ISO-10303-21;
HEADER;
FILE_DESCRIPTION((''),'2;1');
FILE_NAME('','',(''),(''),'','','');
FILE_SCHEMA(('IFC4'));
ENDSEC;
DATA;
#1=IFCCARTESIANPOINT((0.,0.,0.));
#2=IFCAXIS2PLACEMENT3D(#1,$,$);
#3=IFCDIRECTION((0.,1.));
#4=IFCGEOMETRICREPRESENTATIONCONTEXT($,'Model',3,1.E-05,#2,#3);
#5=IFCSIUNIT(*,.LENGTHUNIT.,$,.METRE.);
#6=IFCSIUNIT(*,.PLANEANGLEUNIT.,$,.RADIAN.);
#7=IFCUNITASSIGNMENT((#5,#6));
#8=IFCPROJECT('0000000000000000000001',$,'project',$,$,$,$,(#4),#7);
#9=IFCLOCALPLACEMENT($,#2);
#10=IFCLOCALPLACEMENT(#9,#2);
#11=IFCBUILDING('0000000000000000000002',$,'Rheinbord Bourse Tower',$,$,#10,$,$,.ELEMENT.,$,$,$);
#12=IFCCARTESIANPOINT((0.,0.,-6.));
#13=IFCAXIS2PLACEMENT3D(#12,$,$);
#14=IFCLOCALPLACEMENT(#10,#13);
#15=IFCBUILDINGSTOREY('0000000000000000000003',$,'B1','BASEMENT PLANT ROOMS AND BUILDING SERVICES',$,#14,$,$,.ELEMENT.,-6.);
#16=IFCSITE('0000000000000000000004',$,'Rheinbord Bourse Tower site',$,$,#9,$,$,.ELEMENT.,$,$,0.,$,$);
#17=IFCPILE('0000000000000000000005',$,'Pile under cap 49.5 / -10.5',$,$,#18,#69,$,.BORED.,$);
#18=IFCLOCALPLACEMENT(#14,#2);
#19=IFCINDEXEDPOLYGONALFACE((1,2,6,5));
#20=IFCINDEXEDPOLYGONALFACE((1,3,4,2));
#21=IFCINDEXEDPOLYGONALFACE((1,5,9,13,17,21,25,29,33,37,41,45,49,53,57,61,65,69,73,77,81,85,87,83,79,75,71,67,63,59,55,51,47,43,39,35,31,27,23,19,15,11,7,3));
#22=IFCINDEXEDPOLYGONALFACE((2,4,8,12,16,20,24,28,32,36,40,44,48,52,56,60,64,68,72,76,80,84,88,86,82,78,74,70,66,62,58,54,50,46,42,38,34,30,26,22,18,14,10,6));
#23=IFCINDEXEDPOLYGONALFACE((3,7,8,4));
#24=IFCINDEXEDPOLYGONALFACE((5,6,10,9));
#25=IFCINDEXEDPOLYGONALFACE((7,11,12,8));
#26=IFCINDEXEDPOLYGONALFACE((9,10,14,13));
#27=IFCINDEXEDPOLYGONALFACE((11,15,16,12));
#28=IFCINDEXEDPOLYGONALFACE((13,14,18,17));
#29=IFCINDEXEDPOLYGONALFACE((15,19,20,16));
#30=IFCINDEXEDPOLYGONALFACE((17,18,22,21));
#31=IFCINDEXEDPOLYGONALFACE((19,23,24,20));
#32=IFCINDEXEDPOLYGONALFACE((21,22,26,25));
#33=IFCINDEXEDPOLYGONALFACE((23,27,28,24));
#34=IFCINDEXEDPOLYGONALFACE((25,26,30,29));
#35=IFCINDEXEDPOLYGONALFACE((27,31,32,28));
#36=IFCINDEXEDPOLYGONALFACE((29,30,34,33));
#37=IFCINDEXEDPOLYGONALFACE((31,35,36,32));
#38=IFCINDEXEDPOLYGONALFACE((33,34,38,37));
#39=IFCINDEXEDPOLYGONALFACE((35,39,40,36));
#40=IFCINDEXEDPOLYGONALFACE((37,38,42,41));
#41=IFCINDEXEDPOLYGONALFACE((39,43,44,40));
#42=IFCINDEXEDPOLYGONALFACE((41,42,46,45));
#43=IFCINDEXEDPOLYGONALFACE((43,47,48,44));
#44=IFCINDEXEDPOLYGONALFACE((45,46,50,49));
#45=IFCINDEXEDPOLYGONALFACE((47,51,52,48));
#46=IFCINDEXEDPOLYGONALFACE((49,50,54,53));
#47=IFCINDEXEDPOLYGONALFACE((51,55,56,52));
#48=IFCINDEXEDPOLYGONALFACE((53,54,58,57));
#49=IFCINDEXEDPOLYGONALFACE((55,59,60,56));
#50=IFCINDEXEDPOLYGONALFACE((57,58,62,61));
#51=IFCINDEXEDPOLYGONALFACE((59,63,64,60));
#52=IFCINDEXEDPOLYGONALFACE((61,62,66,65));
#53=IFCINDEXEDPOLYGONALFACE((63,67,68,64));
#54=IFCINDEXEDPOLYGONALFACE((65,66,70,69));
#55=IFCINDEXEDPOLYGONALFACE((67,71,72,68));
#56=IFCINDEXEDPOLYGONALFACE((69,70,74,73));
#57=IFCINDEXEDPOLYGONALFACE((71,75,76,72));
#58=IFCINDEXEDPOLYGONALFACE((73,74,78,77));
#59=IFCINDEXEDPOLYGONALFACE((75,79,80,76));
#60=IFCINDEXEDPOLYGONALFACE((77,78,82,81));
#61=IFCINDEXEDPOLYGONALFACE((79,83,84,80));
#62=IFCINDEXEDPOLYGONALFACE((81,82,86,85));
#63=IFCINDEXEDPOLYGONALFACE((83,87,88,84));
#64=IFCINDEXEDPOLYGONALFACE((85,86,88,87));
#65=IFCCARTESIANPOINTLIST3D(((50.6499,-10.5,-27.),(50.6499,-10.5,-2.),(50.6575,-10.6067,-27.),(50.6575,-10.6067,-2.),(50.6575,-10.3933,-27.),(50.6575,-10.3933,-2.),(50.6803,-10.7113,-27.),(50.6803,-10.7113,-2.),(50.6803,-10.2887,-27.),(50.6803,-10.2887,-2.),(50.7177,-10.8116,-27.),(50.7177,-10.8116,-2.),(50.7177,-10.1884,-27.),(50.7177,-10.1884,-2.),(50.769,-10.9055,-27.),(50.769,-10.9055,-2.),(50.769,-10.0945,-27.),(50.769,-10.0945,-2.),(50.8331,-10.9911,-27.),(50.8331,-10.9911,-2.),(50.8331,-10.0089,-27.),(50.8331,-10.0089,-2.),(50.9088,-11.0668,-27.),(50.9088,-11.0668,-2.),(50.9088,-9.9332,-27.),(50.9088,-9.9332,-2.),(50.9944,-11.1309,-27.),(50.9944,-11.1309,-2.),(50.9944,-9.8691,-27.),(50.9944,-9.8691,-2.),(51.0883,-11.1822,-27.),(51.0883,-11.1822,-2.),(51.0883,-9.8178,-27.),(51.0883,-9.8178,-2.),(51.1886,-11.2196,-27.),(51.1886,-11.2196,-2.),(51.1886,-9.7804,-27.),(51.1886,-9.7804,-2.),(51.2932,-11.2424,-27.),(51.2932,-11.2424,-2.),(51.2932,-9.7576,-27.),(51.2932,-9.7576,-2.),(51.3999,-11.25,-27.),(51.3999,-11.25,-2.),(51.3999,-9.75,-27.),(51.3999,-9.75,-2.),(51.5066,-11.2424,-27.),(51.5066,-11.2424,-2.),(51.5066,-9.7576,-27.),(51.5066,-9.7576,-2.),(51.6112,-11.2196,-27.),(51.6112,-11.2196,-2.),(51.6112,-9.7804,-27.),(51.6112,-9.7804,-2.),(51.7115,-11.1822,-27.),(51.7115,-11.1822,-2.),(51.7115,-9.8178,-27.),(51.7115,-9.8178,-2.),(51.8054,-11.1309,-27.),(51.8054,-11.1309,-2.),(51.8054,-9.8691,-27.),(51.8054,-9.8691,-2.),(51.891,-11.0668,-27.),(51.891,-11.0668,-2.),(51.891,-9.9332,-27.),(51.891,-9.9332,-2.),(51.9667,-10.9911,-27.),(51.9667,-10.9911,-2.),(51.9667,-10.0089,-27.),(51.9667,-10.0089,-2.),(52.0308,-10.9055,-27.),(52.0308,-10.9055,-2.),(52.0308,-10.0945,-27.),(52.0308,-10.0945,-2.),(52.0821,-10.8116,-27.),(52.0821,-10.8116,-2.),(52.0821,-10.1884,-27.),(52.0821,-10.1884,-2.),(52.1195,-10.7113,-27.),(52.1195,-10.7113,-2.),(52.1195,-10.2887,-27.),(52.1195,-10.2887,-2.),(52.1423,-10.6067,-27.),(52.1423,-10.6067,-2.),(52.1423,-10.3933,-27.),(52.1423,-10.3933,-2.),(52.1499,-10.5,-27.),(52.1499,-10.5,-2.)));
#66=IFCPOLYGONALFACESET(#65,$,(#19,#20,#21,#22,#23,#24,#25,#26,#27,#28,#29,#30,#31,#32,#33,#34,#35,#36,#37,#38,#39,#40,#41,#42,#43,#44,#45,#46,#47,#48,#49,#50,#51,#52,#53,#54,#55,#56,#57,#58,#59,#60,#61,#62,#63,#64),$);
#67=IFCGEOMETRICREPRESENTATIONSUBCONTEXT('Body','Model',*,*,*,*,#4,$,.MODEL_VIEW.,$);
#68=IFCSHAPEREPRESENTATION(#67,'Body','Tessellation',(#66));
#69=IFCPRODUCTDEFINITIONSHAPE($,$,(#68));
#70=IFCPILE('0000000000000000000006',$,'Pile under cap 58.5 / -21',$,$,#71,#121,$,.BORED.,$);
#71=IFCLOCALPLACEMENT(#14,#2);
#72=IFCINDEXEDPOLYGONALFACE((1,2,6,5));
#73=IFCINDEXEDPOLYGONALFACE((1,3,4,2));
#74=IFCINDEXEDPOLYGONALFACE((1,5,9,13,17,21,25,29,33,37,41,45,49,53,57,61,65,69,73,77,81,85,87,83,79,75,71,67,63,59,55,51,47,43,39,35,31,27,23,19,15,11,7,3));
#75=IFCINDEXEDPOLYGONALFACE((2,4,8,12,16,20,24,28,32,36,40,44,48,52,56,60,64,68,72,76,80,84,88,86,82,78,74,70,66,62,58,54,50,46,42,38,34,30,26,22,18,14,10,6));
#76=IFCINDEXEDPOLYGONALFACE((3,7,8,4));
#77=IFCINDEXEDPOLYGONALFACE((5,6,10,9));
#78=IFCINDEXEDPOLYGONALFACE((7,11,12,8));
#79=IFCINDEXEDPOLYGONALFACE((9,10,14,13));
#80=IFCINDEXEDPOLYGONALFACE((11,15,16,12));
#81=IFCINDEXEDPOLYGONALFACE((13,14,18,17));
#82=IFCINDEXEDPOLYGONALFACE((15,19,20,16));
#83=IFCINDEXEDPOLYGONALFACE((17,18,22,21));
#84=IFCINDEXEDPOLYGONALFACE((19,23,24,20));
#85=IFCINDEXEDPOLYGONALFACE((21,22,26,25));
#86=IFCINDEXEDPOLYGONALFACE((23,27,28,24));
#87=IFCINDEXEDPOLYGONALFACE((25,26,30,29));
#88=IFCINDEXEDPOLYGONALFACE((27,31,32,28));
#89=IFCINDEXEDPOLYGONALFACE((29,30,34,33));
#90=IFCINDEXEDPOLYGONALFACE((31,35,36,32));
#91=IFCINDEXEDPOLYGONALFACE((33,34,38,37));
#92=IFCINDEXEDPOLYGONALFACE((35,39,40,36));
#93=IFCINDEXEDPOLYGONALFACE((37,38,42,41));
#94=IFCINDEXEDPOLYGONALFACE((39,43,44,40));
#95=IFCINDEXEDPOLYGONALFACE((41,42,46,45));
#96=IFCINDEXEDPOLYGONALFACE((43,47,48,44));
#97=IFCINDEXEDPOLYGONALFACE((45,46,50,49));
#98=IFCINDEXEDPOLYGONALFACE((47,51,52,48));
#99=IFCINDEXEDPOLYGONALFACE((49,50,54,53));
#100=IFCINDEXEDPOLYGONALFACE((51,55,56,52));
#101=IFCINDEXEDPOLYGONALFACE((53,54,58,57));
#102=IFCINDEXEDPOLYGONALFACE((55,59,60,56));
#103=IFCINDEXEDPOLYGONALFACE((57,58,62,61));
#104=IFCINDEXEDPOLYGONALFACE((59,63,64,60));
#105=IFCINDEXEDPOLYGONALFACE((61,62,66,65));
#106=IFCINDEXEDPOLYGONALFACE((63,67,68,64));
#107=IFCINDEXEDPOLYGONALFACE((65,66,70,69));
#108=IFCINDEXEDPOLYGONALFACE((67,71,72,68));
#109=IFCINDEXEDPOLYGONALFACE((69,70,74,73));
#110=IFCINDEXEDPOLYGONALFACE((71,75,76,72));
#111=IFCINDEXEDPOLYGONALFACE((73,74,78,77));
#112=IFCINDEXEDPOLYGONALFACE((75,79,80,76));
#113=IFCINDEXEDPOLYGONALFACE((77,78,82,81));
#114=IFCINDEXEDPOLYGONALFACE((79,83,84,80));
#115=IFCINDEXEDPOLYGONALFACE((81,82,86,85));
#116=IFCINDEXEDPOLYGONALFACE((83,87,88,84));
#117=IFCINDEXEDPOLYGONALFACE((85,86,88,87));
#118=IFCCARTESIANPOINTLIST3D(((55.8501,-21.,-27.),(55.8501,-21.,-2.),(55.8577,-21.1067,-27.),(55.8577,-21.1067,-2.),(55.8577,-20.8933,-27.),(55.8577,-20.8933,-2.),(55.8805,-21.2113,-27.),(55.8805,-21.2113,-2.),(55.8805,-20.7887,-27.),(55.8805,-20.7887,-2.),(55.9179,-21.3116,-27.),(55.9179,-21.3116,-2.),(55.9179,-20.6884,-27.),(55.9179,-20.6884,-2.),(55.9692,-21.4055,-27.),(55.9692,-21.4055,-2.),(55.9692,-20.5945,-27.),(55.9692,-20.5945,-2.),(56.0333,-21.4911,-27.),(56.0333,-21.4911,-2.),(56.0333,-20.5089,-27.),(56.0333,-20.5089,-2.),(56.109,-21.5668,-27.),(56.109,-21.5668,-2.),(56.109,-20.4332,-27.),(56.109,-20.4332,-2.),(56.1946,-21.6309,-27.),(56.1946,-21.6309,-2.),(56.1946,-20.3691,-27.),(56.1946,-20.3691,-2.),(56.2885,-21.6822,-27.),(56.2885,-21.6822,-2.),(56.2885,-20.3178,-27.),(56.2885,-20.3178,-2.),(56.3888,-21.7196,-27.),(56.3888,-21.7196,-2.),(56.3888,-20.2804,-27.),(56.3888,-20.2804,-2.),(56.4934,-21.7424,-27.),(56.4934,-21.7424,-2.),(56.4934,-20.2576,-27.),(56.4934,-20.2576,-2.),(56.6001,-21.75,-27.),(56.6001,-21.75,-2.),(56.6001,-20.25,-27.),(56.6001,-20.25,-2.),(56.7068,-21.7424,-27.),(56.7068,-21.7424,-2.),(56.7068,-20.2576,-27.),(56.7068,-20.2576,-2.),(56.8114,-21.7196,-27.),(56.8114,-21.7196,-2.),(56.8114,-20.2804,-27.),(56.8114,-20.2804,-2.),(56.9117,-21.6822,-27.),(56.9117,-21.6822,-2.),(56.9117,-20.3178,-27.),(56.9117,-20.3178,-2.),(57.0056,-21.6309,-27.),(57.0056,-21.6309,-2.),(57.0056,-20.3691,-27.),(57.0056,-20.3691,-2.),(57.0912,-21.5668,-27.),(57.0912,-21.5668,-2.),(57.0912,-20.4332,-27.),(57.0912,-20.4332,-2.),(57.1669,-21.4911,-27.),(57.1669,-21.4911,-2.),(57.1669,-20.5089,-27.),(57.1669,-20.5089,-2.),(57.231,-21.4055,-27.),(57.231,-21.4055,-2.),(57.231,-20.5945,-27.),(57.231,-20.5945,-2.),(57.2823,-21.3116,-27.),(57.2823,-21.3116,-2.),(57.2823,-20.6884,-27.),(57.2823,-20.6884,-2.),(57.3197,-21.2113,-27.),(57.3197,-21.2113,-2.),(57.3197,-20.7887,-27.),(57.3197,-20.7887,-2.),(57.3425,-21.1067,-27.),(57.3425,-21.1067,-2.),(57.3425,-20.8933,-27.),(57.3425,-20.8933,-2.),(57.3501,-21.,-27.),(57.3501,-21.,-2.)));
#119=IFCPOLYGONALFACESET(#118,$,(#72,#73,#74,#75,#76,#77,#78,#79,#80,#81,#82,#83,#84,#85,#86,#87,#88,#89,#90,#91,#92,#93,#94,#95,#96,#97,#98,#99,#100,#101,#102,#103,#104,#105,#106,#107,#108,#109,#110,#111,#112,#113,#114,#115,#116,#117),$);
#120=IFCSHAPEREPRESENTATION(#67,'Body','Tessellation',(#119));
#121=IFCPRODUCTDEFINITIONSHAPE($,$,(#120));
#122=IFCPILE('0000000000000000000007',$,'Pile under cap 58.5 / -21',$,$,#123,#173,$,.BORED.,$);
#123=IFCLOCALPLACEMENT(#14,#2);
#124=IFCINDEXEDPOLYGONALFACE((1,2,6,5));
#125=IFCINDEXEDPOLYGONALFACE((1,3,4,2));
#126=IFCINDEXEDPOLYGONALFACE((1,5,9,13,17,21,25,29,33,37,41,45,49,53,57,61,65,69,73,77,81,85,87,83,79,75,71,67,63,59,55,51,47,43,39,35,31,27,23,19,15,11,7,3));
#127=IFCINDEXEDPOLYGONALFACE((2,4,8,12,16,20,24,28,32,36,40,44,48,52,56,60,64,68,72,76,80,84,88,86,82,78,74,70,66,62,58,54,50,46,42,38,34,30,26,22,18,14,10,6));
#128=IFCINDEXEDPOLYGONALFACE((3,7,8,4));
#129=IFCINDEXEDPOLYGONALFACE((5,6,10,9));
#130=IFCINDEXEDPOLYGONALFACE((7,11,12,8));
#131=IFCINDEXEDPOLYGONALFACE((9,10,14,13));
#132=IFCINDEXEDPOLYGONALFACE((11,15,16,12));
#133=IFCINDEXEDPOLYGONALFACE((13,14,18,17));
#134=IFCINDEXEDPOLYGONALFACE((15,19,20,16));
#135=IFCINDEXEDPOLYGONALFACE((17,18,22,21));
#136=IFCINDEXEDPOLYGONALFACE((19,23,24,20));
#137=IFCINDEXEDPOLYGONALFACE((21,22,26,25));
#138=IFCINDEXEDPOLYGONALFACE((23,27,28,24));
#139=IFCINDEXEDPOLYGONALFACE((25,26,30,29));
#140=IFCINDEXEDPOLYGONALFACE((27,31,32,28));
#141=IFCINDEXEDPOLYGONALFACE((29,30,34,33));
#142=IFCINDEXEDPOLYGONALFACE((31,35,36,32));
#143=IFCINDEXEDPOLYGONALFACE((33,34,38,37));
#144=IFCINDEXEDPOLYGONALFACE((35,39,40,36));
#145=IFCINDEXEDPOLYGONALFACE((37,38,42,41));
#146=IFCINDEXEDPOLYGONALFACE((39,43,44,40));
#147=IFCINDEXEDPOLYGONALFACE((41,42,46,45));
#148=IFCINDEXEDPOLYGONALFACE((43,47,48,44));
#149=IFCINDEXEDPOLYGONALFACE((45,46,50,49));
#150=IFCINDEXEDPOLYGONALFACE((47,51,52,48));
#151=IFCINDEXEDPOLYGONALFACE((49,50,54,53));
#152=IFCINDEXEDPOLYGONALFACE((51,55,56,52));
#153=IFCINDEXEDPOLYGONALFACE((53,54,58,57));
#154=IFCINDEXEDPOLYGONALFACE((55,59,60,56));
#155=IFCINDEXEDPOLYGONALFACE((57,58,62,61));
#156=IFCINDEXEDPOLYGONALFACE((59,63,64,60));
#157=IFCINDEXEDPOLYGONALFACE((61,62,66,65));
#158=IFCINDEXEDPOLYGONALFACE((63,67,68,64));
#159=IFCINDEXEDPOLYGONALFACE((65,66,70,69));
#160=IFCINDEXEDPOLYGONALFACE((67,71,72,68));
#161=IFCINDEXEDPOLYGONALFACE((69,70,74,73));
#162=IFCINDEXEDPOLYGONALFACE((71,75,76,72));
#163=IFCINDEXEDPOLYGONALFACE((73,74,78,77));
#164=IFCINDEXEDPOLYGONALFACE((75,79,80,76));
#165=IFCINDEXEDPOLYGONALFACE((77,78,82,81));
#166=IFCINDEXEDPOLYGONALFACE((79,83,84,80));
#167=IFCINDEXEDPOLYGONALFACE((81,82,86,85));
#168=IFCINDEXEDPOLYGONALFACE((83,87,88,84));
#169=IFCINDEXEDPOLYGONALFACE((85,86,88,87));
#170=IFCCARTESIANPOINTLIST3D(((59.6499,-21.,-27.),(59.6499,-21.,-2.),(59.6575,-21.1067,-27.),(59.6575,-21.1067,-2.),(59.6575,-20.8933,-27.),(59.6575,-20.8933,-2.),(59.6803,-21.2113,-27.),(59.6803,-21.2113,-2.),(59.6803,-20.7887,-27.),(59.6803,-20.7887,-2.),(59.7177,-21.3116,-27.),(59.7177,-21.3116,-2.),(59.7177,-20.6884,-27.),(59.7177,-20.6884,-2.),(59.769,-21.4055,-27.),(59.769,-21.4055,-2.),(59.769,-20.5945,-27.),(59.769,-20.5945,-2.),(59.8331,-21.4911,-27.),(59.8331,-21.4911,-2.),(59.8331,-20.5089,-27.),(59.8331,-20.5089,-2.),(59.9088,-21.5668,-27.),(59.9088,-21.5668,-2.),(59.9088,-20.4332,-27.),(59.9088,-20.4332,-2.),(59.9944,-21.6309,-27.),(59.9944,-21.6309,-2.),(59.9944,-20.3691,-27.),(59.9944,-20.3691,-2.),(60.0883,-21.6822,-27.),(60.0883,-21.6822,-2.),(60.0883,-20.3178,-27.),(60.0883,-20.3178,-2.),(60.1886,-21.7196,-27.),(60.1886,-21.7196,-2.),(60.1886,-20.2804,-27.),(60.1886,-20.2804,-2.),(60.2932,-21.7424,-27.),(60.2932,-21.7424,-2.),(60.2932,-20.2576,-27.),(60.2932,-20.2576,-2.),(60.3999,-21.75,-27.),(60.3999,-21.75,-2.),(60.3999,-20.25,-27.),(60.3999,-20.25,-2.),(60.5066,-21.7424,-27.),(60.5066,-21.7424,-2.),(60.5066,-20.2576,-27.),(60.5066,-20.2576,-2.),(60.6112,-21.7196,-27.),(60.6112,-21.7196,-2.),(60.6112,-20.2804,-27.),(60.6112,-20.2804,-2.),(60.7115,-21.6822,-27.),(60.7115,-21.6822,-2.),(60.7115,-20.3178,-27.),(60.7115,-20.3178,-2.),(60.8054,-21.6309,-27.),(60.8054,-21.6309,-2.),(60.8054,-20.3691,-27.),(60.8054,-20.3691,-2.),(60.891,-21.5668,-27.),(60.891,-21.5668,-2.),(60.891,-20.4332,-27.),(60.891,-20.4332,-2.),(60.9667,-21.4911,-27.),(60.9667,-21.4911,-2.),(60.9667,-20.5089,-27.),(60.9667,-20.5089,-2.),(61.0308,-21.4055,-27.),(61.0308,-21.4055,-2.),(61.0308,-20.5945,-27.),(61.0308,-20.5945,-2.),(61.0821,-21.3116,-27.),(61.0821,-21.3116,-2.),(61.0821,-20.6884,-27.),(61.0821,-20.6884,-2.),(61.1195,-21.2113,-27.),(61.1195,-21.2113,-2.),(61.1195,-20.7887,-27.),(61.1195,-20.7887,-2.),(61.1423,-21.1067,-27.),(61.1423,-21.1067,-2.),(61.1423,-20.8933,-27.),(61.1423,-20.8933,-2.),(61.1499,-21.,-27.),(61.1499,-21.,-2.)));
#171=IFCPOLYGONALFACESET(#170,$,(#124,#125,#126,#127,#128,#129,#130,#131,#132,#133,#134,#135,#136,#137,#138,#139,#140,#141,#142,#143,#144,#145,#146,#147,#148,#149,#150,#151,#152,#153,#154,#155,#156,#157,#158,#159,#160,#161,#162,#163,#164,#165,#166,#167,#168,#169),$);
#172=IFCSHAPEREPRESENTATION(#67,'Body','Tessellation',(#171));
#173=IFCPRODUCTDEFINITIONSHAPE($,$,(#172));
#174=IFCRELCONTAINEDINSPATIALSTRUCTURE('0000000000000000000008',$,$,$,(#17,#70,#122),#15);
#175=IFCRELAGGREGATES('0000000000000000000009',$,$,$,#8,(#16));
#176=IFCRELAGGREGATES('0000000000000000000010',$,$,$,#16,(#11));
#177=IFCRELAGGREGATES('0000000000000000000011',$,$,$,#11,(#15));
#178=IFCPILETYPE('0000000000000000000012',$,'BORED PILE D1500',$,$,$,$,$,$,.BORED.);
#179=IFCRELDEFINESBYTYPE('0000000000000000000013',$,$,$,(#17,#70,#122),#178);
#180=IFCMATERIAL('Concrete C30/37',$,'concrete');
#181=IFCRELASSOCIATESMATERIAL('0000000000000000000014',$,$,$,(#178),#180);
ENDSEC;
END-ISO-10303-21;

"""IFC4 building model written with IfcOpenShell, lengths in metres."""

from ifc_helpers import new_model, si_unit, direction, frame, origin, origin_2d, place, context, subcontext, project, spatial, circle, extrude, material, material_profile, profile_set, type_object, element, save


model = new_model("IFC4")

# Units and contexts
model_context = context("Model", 3, precision=1e-05, world=origin(), true_north=direction((0.0, 1.0)))
body_context = subcontext(model_context, "Body", "Model", "MODEL_VIEW")
ifc_project = project(units=[si_unit("LENGTHUNIT", "METRE"), si_unit("PLANEANGLEUNIT", "RADIAN")], contexts=[model_context])

# Site, building, storey
site_placement = place(None, origin())
site = spatial("IfcSite", under=ifc_project, at=site_placement, Name="Rheinbord Bourse Tower site", CompositionType="ELEMENT", RefElevation=0.0)
building_placement = place(site_placement, origin())
building = spatial("IfcBuilding", under=site, at=building_placement, Name="Rheinbord Bourse Tower", CompositionType="ELEMENT")
storey_placement = place(building_placement, frame((0.0, 0.0, -6.0)))
storey = spatial("IfcBuildingStorey", under=building, at=storey_placement, Name="B1", Description="BASEMENT PLANT ROOMS AND BUILDING SERVICES", CompositionType="ELEMENT", Elevation=-6.0)

# Piles
ifc_material_1 = material(Name="Concrete C30/37", Category="concrete")
ifc_material_profile_1 = material_profile(ifc_material_1, circle(Radius=0.75, at=origin_2d()), Name="D1500")
ifc_profile_set_1 = profile_set([ifc_material_profile_1], Name="Concrete C30/37")
pile_type = type_object("IfcPileType", Name="BORED PILE D1500", PredefinedType="BORED", material=ifc_profile_set_1)
for number, where, z_axis, x_axis, name in (
    (1, (51.3999, -10.5, -2.0), (0.0, 0.0, -1.0), (1.0, 0.0, 0.0), "Pile under cap 49.5 / -10.5"),
    (2, (56.6001, -21.0, -2.0), (0.0, 0.0, -1.0), (1.0, 0.0, 0.0), "Pile under cap 58.5 / -21"),
    (3, (60.3999, -21.0, -2.0), (0.0, 0.0, -1.0), (1.0, 0.0, 0.0), "Pile under cap 58.5 / -21"),
):
    element("IfcPile", number, at=place(storey_placement, frame(where, z_axis=z_axis, x_axis=x_axis)), inside=storey, type_object=pile_type, Name=name, PredefinedType="BORED", context=body_context, shape_type="SweptSolid", body=[
        extrude(circle(Radius=0.75, at=origin_2d()), origin(), (0.0, 0.0, 1.0), 25.0),
    ])

save(model, "model.ifc")
